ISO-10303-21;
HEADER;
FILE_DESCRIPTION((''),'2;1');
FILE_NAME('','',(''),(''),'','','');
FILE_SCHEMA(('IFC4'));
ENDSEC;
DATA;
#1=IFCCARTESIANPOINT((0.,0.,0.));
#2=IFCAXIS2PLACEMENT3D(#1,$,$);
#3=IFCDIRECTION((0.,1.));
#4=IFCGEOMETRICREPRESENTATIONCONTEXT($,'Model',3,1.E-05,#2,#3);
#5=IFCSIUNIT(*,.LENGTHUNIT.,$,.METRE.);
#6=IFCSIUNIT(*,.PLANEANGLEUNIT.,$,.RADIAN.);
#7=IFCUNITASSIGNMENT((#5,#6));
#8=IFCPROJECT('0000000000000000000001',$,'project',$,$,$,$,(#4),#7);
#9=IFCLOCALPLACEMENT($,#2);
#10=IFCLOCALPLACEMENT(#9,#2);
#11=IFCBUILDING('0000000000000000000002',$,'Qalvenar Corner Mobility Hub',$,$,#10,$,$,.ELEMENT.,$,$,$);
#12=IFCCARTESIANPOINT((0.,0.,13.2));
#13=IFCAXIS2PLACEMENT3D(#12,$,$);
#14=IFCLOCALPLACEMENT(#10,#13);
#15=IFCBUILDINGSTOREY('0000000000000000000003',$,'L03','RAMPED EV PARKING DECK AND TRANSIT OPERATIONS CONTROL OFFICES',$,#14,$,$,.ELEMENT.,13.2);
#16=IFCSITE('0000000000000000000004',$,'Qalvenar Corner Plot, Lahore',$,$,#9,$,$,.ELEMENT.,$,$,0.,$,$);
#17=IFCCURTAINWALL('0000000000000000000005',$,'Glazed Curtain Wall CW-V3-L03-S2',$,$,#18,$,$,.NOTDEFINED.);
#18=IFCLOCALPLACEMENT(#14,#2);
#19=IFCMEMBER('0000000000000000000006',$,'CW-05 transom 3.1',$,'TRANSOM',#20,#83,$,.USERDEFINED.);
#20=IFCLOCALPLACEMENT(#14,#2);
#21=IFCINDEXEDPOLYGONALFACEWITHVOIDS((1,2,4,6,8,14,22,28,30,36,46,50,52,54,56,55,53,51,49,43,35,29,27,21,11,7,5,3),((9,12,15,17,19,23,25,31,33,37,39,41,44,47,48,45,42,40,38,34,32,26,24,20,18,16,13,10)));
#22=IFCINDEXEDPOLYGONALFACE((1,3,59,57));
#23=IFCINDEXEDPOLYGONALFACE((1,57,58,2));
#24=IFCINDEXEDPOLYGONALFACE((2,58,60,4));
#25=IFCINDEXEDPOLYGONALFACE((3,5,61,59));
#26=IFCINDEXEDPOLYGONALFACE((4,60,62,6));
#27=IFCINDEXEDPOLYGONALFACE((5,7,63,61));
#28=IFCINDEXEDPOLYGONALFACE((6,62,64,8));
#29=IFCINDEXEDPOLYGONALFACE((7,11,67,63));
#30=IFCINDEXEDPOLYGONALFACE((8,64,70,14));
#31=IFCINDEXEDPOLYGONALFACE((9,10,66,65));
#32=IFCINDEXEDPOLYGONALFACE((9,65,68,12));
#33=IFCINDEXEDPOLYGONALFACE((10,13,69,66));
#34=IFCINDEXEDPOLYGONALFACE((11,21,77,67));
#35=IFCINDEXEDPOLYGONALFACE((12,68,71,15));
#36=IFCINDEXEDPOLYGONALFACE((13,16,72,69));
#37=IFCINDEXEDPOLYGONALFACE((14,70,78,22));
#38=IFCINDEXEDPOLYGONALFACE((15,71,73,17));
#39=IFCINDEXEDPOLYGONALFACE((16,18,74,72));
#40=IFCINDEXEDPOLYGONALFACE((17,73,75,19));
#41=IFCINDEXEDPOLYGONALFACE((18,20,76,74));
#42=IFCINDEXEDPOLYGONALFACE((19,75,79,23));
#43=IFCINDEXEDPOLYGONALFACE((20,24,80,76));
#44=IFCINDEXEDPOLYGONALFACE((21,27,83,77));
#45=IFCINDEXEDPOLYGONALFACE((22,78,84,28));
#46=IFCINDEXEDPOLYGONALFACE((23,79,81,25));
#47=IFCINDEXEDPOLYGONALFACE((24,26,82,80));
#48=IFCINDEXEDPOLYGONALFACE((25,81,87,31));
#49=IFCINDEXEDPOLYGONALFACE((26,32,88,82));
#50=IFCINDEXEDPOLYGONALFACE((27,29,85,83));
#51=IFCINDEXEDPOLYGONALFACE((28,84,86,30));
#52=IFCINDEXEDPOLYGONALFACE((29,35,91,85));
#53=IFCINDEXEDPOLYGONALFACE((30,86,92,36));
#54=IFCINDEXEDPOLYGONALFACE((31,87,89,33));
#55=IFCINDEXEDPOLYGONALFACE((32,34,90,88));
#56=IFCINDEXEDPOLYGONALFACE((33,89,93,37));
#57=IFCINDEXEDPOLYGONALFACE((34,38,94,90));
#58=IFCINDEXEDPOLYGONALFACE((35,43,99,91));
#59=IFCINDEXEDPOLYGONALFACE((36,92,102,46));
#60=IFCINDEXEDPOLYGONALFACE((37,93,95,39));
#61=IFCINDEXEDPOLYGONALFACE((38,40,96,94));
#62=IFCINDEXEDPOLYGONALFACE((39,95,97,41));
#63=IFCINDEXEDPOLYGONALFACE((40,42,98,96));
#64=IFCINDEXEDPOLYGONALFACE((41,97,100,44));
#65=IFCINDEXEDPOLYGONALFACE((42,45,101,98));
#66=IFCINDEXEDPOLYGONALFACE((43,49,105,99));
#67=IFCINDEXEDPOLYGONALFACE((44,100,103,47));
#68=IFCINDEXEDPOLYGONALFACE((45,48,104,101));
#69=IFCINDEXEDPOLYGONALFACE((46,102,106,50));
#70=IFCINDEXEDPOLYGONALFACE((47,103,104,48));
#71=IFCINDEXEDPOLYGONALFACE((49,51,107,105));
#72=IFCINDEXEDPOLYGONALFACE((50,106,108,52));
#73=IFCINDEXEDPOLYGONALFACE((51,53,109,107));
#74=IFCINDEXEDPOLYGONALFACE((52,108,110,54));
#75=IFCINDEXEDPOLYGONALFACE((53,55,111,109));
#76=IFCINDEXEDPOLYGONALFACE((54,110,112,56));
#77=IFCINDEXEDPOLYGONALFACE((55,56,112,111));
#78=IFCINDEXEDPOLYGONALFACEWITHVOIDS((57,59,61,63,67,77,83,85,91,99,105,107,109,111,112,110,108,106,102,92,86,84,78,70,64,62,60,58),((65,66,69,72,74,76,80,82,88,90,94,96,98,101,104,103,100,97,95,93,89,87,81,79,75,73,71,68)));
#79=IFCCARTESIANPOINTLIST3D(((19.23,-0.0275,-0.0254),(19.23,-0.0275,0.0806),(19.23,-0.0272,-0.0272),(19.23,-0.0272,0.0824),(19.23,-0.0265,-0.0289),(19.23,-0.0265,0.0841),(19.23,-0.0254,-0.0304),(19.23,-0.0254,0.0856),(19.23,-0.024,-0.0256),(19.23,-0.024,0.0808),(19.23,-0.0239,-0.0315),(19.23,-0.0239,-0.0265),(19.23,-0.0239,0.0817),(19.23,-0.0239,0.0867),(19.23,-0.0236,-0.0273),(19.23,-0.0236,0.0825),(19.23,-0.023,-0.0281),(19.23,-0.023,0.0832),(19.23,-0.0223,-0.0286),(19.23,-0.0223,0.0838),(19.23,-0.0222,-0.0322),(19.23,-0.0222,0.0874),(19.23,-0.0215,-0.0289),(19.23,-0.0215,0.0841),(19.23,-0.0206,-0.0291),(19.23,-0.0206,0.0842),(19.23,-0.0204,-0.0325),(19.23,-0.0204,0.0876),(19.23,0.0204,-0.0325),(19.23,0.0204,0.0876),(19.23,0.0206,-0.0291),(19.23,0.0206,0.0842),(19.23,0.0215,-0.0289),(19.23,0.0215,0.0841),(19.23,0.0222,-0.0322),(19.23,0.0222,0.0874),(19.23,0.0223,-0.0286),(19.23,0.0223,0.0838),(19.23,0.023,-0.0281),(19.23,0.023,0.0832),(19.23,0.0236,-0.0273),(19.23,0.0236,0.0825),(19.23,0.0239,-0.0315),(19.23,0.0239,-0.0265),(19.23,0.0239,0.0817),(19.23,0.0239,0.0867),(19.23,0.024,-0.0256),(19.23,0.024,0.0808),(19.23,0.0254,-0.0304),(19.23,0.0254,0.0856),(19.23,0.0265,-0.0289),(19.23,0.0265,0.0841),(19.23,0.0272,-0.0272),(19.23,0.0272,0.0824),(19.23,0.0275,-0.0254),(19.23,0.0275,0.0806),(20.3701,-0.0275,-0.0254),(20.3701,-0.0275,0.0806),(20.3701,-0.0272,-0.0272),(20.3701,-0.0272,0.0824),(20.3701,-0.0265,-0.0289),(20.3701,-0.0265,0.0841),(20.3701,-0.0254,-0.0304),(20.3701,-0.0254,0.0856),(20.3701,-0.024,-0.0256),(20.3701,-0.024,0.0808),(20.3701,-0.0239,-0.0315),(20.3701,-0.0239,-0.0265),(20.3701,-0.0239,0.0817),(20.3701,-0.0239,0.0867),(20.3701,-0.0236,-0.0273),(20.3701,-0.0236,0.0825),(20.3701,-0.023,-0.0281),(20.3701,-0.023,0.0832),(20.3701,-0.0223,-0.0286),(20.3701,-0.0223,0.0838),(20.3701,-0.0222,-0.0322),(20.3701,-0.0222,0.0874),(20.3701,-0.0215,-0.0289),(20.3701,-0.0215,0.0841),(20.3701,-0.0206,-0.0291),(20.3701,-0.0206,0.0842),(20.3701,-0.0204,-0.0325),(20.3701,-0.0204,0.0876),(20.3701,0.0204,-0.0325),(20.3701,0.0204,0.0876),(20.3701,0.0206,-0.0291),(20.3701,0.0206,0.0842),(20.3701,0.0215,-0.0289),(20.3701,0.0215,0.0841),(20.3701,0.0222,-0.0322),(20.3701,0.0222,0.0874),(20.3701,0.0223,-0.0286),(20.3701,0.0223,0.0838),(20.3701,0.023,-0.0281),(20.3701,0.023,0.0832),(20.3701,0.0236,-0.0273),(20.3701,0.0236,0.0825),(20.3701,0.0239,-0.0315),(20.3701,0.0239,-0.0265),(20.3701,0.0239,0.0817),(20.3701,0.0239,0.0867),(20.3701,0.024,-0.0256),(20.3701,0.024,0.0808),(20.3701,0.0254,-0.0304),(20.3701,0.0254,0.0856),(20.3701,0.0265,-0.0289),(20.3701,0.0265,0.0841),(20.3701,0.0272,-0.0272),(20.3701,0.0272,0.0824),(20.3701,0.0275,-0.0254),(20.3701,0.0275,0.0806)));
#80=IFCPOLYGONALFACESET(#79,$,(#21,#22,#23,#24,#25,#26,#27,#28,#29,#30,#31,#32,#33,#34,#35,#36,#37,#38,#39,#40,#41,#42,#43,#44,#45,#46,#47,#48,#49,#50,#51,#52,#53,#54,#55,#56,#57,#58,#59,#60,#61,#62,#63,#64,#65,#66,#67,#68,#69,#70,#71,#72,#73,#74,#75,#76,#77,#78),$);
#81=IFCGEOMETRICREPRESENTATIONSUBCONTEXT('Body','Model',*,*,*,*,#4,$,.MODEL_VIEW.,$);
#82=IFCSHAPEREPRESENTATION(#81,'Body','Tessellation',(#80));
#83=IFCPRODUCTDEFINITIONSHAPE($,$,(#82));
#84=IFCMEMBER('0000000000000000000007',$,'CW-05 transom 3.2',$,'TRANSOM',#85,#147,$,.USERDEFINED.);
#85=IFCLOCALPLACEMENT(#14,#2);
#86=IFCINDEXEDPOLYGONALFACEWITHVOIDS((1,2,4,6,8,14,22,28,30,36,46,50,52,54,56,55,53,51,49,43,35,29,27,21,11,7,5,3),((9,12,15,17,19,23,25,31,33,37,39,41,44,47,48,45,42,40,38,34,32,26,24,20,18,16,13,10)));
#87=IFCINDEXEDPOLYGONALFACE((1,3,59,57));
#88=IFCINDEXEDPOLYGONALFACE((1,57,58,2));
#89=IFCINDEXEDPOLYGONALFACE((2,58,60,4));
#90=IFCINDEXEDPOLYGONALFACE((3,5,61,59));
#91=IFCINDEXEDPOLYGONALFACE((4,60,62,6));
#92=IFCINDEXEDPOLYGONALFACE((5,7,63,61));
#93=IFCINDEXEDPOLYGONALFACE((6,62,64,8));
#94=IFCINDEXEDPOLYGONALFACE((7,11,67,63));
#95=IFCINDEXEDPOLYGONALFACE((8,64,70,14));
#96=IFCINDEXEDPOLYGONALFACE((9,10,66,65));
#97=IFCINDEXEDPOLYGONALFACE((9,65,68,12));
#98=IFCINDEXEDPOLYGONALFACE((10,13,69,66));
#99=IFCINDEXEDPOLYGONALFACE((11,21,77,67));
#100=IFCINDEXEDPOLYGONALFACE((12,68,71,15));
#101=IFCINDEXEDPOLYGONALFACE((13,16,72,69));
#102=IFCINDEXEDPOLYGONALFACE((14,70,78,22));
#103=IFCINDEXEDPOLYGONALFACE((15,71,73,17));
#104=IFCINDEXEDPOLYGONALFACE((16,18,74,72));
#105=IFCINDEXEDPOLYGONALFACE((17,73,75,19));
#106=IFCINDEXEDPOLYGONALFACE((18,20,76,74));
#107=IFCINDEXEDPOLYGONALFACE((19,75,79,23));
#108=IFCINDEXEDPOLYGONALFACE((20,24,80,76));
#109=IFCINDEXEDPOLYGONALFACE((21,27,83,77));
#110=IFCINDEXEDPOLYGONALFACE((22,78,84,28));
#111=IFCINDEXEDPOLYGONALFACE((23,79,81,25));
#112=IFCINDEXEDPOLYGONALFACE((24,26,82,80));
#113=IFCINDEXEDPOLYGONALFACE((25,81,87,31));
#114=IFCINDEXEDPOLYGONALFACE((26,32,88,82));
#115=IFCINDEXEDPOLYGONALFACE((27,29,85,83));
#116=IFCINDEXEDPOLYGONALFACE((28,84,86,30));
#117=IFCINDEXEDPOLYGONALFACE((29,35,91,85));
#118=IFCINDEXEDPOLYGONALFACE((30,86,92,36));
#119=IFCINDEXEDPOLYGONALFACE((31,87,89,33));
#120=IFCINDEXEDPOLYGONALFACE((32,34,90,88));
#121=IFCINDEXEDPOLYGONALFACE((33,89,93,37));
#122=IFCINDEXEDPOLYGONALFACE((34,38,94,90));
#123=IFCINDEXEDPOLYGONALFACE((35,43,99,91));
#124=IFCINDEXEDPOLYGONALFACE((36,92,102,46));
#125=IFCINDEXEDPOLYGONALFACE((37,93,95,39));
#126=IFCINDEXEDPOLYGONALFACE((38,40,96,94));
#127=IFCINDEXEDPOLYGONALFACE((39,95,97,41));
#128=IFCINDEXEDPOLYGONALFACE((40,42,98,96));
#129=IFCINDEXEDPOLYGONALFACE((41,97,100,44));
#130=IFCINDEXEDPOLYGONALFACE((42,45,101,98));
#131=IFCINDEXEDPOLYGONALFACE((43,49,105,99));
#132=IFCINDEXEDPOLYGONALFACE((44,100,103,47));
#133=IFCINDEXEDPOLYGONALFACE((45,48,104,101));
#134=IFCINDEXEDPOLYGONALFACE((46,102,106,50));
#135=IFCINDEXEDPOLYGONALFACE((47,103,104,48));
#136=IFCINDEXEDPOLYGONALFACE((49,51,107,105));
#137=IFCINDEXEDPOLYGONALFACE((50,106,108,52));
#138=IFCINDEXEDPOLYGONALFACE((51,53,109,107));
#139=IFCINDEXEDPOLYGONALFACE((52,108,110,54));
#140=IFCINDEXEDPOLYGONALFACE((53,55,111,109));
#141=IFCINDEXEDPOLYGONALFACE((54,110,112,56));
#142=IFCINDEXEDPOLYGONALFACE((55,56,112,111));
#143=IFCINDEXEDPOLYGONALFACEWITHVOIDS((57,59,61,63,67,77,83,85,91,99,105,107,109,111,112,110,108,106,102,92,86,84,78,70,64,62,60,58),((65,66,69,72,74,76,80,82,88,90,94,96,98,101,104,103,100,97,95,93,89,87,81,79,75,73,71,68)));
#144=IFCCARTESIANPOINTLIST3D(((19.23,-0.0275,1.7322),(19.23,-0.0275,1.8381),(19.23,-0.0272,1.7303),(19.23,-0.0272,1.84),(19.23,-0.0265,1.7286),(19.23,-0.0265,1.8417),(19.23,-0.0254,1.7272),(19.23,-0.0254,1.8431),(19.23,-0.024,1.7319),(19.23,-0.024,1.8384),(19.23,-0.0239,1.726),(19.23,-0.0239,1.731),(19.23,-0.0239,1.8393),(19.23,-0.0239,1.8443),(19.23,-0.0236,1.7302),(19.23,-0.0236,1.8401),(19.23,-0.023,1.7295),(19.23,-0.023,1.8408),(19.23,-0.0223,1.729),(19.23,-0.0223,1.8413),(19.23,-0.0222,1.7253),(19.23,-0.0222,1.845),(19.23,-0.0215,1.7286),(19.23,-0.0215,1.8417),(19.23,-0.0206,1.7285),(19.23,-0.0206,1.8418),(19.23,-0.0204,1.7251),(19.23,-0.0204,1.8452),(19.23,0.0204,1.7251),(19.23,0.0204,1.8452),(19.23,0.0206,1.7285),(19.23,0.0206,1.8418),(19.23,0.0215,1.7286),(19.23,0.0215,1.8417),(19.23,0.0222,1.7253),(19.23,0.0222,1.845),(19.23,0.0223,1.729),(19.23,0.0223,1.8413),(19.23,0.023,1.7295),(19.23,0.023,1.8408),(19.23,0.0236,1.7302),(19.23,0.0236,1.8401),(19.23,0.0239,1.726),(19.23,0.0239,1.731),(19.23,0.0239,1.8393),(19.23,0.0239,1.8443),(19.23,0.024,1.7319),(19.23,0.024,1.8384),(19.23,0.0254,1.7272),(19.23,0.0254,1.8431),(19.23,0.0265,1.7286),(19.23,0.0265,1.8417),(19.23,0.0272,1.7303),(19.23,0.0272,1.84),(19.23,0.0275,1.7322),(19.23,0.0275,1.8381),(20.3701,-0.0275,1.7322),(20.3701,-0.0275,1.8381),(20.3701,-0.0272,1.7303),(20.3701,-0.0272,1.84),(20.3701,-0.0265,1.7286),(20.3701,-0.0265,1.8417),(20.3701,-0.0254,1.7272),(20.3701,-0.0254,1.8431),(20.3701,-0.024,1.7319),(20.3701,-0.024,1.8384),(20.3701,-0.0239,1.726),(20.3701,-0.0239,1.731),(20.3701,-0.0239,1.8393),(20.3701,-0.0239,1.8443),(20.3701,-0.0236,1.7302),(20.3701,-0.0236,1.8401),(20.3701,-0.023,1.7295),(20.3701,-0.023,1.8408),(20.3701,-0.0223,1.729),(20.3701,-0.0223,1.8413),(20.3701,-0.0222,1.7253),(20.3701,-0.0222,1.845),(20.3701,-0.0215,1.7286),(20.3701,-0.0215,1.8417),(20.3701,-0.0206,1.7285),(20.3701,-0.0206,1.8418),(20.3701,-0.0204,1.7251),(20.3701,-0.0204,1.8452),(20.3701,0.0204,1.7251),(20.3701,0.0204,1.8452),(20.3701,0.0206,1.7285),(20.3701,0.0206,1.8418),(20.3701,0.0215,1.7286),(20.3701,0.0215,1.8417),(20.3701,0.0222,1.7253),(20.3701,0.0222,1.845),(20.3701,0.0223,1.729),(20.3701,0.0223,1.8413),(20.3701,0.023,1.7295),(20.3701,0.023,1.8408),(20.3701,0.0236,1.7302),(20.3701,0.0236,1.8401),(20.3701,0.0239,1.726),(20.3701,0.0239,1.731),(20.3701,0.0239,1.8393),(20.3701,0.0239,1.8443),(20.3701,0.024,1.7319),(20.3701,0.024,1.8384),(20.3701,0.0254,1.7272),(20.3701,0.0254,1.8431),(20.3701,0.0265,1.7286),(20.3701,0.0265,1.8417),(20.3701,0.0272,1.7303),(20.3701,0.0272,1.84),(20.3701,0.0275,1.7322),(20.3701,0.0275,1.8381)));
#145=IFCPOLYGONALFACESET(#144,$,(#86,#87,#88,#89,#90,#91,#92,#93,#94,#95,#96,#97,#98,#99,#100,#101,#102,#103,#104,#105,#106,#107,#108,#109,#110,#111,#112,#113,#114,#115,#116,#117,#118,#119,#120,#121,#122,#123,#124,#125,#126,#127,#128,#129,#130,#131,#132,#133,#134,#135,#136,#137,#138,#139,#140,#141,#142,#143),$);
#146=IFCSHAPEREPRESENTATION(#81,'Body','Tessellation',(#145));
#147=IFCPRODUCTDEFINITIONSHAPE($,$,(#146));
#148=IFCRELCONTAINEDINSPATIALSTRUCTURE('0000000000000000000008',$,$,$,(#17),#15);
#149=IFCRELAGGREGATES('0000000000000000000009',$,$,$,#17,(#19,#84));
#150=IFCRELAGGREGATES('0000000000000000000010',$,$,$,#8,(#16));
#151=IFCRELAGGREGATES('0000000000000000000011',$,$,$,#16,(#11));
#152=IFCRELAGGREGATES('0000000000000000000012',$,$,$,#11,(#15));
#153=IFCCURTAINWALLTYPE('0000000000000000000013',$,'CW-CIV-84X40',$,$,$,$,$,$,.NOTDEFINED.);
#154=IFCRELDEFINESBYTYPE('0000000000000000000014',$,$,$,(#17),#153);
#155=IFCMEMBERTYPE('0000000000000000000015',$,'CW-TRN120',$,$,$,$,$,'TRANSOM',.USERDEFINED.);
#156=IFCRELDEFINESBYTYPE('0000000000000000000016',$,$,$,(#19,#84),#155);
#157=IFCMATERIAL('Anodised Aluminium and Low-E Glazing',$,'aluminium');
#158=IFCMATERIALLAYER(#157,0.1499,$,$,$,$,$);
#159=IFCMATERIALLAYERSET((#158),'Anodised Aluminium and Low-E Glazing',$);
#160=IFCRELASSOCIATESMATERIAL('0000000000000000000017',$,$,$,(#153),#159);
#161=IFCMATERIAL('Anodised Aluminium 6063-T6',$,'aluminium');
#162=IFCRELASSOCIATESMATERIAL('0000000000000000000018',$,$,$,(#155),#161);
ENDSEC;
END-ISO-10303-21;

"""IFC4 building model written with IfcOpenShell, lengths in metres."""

from ifc_helpers import new_model, si_unit, direction, frame, origin, origin_2d, place, context, subcontext, project, spatial, hollow_rectangle, extrude, material, layer, layer_set, material_profile, profile_set, type_object, element, aggregate, save


model = new_model("IFC4")

# Units and contexts
model_context = context("Model", 3, precision=1e-05, world=origin(), true_north=direction((0.0, 1.0)))
body_context = subcontext(model_context, "Body", "Model", "MODEL_VIEW")
ifc_project = project(units=[si_unit("LENGTHUNIT", "METRE"), si_unit("PLANEANGLEUNIT", "RADIAN")], contexts=[model_context])

# Site, building, storey
site_placement = place(None, origin())
site = spatial("IfcSite", under=ifc_project, at=site_placement, Name="Qalvenar Corner Plot, Lahore", CompositionType="ELEMENT", RefElevation=0.0)
building_placement = place(site_placement, origin())
building = spatial("IfcBuilding", under=site, at=building_placement, Name="Qalvenar Corner Mobility Hub", CompositionType="ELEMENT")
storey_placement = place(building_placement, frame((0.0, 0.0, 13.2)))
storey = spatial("IfcBuildingStorey", under=building, at=storey_placement, Name="L03", Description="RAMPED EV PARKING DECK AND TRANSIT OPERATIONS CONTROL OFFICES", CompositionType="ELEMENT", Elevation=13.2)

# Curtain wall, members
ifc_material_1 = material(Name="Anodised Aluminium and Low-E Glazing", Category="aluminium")
ifc_layer_1 = layer(ifc_material_1, 0.1499)
ifc_layer_set_1 = layer_set([ifc_layer_1], Name="Anodised Aluminium and Low-E Glazing")
curtain_wall_type = type_object("IfcCurtainWallType", Name="CW-CIV-84X40", PredefinedType="NOTDEFINED", material=ifc_layer_set_1)
curtain_wall_placement = place(storey_placement, origin())
curtain_wall = element("IfcCurtainWall", 1, at=curtain_wall_placement, inside=storey, type_object=curtain_wall_type, Name="Glazed Curtain Wall CW-V3-L03-S2", PredefinedType="NOTDEFINED")
ifc_material_2 = material(Name="Anodised Aluminium 6063-T6", Category="aluminium")
ifc_material_profile_1 = material_profile(ifc_material_2, hollow_rectangle(XDim=0.0549, YDim=0.1201, WallThickness=0.0034, InnerFilletRadius=0.0034, OuterFilletRadius=0.0071, at=origin_2d()), Name="RHS120x55x3.5")
ifc_profile_set_1 = profile_set([ifc_material_profile_1], Name="Anodised Aluminium 6063-T6")
member_type_1 = type_object("IfcMemberType", Name="CW-TRN120", ElementType="TRANSOM", PredefinedType="USERDEFINED", material=ifc_profile_set_1)
member_1_placement = place(storey_placement, frame((19.23, 0.0, 0.0276), z_axis=(1.0, 0.0, 0.0), x_axis=(0.0, 1.0, 0.0)))
member_1 = element("IfcMember", 2, at=member_1_placement, type_object=member_type_1, Name="CW-05 transom 3.1", ObjectType="TRANSOM", PredefinedType="USERDEFINED", context=body_context, shape_type="SweptSolid", body=[
    extrude(hollow_rectangle(XDim=0.0549, YDim=0.1201, WallThickness=0.0034, InnerFilletRadius=0.0034, OuterFilletRadius=0.0071, at=origin_2d()), origin(), (0.0, 0.0, 1.0), 1.1401),
])
member_2_placement = place(storey_placement, frame((19.23, 0.0, 1.7852), z_axis=(1.0, 0.0, 0.0), x_axis=(0.0, 1.0, 0.0)))
member_2 = element("IfcMember", 3, at=member_2_placement, type_object=member_type_1, Name="CW-05 transom 3.2", ObjectType="TRANSOM", PredefinedType="USERDEFINED", context=body_context, shape_type="SweptSolid", body=[
    extrude(hollow_rectangle(XDim=0.0549, YDim=0.1201, WallThickness=0.0034, InnerFilletRadius=0.0034, OuterFilletRadius=0.0071, at=origin_2d()), origin(), (0.0, 0.0, 1.0), 1.1401),
])
aggregate(curtain_wall, [member_1, member_2])

save(model, "model.ifc")
